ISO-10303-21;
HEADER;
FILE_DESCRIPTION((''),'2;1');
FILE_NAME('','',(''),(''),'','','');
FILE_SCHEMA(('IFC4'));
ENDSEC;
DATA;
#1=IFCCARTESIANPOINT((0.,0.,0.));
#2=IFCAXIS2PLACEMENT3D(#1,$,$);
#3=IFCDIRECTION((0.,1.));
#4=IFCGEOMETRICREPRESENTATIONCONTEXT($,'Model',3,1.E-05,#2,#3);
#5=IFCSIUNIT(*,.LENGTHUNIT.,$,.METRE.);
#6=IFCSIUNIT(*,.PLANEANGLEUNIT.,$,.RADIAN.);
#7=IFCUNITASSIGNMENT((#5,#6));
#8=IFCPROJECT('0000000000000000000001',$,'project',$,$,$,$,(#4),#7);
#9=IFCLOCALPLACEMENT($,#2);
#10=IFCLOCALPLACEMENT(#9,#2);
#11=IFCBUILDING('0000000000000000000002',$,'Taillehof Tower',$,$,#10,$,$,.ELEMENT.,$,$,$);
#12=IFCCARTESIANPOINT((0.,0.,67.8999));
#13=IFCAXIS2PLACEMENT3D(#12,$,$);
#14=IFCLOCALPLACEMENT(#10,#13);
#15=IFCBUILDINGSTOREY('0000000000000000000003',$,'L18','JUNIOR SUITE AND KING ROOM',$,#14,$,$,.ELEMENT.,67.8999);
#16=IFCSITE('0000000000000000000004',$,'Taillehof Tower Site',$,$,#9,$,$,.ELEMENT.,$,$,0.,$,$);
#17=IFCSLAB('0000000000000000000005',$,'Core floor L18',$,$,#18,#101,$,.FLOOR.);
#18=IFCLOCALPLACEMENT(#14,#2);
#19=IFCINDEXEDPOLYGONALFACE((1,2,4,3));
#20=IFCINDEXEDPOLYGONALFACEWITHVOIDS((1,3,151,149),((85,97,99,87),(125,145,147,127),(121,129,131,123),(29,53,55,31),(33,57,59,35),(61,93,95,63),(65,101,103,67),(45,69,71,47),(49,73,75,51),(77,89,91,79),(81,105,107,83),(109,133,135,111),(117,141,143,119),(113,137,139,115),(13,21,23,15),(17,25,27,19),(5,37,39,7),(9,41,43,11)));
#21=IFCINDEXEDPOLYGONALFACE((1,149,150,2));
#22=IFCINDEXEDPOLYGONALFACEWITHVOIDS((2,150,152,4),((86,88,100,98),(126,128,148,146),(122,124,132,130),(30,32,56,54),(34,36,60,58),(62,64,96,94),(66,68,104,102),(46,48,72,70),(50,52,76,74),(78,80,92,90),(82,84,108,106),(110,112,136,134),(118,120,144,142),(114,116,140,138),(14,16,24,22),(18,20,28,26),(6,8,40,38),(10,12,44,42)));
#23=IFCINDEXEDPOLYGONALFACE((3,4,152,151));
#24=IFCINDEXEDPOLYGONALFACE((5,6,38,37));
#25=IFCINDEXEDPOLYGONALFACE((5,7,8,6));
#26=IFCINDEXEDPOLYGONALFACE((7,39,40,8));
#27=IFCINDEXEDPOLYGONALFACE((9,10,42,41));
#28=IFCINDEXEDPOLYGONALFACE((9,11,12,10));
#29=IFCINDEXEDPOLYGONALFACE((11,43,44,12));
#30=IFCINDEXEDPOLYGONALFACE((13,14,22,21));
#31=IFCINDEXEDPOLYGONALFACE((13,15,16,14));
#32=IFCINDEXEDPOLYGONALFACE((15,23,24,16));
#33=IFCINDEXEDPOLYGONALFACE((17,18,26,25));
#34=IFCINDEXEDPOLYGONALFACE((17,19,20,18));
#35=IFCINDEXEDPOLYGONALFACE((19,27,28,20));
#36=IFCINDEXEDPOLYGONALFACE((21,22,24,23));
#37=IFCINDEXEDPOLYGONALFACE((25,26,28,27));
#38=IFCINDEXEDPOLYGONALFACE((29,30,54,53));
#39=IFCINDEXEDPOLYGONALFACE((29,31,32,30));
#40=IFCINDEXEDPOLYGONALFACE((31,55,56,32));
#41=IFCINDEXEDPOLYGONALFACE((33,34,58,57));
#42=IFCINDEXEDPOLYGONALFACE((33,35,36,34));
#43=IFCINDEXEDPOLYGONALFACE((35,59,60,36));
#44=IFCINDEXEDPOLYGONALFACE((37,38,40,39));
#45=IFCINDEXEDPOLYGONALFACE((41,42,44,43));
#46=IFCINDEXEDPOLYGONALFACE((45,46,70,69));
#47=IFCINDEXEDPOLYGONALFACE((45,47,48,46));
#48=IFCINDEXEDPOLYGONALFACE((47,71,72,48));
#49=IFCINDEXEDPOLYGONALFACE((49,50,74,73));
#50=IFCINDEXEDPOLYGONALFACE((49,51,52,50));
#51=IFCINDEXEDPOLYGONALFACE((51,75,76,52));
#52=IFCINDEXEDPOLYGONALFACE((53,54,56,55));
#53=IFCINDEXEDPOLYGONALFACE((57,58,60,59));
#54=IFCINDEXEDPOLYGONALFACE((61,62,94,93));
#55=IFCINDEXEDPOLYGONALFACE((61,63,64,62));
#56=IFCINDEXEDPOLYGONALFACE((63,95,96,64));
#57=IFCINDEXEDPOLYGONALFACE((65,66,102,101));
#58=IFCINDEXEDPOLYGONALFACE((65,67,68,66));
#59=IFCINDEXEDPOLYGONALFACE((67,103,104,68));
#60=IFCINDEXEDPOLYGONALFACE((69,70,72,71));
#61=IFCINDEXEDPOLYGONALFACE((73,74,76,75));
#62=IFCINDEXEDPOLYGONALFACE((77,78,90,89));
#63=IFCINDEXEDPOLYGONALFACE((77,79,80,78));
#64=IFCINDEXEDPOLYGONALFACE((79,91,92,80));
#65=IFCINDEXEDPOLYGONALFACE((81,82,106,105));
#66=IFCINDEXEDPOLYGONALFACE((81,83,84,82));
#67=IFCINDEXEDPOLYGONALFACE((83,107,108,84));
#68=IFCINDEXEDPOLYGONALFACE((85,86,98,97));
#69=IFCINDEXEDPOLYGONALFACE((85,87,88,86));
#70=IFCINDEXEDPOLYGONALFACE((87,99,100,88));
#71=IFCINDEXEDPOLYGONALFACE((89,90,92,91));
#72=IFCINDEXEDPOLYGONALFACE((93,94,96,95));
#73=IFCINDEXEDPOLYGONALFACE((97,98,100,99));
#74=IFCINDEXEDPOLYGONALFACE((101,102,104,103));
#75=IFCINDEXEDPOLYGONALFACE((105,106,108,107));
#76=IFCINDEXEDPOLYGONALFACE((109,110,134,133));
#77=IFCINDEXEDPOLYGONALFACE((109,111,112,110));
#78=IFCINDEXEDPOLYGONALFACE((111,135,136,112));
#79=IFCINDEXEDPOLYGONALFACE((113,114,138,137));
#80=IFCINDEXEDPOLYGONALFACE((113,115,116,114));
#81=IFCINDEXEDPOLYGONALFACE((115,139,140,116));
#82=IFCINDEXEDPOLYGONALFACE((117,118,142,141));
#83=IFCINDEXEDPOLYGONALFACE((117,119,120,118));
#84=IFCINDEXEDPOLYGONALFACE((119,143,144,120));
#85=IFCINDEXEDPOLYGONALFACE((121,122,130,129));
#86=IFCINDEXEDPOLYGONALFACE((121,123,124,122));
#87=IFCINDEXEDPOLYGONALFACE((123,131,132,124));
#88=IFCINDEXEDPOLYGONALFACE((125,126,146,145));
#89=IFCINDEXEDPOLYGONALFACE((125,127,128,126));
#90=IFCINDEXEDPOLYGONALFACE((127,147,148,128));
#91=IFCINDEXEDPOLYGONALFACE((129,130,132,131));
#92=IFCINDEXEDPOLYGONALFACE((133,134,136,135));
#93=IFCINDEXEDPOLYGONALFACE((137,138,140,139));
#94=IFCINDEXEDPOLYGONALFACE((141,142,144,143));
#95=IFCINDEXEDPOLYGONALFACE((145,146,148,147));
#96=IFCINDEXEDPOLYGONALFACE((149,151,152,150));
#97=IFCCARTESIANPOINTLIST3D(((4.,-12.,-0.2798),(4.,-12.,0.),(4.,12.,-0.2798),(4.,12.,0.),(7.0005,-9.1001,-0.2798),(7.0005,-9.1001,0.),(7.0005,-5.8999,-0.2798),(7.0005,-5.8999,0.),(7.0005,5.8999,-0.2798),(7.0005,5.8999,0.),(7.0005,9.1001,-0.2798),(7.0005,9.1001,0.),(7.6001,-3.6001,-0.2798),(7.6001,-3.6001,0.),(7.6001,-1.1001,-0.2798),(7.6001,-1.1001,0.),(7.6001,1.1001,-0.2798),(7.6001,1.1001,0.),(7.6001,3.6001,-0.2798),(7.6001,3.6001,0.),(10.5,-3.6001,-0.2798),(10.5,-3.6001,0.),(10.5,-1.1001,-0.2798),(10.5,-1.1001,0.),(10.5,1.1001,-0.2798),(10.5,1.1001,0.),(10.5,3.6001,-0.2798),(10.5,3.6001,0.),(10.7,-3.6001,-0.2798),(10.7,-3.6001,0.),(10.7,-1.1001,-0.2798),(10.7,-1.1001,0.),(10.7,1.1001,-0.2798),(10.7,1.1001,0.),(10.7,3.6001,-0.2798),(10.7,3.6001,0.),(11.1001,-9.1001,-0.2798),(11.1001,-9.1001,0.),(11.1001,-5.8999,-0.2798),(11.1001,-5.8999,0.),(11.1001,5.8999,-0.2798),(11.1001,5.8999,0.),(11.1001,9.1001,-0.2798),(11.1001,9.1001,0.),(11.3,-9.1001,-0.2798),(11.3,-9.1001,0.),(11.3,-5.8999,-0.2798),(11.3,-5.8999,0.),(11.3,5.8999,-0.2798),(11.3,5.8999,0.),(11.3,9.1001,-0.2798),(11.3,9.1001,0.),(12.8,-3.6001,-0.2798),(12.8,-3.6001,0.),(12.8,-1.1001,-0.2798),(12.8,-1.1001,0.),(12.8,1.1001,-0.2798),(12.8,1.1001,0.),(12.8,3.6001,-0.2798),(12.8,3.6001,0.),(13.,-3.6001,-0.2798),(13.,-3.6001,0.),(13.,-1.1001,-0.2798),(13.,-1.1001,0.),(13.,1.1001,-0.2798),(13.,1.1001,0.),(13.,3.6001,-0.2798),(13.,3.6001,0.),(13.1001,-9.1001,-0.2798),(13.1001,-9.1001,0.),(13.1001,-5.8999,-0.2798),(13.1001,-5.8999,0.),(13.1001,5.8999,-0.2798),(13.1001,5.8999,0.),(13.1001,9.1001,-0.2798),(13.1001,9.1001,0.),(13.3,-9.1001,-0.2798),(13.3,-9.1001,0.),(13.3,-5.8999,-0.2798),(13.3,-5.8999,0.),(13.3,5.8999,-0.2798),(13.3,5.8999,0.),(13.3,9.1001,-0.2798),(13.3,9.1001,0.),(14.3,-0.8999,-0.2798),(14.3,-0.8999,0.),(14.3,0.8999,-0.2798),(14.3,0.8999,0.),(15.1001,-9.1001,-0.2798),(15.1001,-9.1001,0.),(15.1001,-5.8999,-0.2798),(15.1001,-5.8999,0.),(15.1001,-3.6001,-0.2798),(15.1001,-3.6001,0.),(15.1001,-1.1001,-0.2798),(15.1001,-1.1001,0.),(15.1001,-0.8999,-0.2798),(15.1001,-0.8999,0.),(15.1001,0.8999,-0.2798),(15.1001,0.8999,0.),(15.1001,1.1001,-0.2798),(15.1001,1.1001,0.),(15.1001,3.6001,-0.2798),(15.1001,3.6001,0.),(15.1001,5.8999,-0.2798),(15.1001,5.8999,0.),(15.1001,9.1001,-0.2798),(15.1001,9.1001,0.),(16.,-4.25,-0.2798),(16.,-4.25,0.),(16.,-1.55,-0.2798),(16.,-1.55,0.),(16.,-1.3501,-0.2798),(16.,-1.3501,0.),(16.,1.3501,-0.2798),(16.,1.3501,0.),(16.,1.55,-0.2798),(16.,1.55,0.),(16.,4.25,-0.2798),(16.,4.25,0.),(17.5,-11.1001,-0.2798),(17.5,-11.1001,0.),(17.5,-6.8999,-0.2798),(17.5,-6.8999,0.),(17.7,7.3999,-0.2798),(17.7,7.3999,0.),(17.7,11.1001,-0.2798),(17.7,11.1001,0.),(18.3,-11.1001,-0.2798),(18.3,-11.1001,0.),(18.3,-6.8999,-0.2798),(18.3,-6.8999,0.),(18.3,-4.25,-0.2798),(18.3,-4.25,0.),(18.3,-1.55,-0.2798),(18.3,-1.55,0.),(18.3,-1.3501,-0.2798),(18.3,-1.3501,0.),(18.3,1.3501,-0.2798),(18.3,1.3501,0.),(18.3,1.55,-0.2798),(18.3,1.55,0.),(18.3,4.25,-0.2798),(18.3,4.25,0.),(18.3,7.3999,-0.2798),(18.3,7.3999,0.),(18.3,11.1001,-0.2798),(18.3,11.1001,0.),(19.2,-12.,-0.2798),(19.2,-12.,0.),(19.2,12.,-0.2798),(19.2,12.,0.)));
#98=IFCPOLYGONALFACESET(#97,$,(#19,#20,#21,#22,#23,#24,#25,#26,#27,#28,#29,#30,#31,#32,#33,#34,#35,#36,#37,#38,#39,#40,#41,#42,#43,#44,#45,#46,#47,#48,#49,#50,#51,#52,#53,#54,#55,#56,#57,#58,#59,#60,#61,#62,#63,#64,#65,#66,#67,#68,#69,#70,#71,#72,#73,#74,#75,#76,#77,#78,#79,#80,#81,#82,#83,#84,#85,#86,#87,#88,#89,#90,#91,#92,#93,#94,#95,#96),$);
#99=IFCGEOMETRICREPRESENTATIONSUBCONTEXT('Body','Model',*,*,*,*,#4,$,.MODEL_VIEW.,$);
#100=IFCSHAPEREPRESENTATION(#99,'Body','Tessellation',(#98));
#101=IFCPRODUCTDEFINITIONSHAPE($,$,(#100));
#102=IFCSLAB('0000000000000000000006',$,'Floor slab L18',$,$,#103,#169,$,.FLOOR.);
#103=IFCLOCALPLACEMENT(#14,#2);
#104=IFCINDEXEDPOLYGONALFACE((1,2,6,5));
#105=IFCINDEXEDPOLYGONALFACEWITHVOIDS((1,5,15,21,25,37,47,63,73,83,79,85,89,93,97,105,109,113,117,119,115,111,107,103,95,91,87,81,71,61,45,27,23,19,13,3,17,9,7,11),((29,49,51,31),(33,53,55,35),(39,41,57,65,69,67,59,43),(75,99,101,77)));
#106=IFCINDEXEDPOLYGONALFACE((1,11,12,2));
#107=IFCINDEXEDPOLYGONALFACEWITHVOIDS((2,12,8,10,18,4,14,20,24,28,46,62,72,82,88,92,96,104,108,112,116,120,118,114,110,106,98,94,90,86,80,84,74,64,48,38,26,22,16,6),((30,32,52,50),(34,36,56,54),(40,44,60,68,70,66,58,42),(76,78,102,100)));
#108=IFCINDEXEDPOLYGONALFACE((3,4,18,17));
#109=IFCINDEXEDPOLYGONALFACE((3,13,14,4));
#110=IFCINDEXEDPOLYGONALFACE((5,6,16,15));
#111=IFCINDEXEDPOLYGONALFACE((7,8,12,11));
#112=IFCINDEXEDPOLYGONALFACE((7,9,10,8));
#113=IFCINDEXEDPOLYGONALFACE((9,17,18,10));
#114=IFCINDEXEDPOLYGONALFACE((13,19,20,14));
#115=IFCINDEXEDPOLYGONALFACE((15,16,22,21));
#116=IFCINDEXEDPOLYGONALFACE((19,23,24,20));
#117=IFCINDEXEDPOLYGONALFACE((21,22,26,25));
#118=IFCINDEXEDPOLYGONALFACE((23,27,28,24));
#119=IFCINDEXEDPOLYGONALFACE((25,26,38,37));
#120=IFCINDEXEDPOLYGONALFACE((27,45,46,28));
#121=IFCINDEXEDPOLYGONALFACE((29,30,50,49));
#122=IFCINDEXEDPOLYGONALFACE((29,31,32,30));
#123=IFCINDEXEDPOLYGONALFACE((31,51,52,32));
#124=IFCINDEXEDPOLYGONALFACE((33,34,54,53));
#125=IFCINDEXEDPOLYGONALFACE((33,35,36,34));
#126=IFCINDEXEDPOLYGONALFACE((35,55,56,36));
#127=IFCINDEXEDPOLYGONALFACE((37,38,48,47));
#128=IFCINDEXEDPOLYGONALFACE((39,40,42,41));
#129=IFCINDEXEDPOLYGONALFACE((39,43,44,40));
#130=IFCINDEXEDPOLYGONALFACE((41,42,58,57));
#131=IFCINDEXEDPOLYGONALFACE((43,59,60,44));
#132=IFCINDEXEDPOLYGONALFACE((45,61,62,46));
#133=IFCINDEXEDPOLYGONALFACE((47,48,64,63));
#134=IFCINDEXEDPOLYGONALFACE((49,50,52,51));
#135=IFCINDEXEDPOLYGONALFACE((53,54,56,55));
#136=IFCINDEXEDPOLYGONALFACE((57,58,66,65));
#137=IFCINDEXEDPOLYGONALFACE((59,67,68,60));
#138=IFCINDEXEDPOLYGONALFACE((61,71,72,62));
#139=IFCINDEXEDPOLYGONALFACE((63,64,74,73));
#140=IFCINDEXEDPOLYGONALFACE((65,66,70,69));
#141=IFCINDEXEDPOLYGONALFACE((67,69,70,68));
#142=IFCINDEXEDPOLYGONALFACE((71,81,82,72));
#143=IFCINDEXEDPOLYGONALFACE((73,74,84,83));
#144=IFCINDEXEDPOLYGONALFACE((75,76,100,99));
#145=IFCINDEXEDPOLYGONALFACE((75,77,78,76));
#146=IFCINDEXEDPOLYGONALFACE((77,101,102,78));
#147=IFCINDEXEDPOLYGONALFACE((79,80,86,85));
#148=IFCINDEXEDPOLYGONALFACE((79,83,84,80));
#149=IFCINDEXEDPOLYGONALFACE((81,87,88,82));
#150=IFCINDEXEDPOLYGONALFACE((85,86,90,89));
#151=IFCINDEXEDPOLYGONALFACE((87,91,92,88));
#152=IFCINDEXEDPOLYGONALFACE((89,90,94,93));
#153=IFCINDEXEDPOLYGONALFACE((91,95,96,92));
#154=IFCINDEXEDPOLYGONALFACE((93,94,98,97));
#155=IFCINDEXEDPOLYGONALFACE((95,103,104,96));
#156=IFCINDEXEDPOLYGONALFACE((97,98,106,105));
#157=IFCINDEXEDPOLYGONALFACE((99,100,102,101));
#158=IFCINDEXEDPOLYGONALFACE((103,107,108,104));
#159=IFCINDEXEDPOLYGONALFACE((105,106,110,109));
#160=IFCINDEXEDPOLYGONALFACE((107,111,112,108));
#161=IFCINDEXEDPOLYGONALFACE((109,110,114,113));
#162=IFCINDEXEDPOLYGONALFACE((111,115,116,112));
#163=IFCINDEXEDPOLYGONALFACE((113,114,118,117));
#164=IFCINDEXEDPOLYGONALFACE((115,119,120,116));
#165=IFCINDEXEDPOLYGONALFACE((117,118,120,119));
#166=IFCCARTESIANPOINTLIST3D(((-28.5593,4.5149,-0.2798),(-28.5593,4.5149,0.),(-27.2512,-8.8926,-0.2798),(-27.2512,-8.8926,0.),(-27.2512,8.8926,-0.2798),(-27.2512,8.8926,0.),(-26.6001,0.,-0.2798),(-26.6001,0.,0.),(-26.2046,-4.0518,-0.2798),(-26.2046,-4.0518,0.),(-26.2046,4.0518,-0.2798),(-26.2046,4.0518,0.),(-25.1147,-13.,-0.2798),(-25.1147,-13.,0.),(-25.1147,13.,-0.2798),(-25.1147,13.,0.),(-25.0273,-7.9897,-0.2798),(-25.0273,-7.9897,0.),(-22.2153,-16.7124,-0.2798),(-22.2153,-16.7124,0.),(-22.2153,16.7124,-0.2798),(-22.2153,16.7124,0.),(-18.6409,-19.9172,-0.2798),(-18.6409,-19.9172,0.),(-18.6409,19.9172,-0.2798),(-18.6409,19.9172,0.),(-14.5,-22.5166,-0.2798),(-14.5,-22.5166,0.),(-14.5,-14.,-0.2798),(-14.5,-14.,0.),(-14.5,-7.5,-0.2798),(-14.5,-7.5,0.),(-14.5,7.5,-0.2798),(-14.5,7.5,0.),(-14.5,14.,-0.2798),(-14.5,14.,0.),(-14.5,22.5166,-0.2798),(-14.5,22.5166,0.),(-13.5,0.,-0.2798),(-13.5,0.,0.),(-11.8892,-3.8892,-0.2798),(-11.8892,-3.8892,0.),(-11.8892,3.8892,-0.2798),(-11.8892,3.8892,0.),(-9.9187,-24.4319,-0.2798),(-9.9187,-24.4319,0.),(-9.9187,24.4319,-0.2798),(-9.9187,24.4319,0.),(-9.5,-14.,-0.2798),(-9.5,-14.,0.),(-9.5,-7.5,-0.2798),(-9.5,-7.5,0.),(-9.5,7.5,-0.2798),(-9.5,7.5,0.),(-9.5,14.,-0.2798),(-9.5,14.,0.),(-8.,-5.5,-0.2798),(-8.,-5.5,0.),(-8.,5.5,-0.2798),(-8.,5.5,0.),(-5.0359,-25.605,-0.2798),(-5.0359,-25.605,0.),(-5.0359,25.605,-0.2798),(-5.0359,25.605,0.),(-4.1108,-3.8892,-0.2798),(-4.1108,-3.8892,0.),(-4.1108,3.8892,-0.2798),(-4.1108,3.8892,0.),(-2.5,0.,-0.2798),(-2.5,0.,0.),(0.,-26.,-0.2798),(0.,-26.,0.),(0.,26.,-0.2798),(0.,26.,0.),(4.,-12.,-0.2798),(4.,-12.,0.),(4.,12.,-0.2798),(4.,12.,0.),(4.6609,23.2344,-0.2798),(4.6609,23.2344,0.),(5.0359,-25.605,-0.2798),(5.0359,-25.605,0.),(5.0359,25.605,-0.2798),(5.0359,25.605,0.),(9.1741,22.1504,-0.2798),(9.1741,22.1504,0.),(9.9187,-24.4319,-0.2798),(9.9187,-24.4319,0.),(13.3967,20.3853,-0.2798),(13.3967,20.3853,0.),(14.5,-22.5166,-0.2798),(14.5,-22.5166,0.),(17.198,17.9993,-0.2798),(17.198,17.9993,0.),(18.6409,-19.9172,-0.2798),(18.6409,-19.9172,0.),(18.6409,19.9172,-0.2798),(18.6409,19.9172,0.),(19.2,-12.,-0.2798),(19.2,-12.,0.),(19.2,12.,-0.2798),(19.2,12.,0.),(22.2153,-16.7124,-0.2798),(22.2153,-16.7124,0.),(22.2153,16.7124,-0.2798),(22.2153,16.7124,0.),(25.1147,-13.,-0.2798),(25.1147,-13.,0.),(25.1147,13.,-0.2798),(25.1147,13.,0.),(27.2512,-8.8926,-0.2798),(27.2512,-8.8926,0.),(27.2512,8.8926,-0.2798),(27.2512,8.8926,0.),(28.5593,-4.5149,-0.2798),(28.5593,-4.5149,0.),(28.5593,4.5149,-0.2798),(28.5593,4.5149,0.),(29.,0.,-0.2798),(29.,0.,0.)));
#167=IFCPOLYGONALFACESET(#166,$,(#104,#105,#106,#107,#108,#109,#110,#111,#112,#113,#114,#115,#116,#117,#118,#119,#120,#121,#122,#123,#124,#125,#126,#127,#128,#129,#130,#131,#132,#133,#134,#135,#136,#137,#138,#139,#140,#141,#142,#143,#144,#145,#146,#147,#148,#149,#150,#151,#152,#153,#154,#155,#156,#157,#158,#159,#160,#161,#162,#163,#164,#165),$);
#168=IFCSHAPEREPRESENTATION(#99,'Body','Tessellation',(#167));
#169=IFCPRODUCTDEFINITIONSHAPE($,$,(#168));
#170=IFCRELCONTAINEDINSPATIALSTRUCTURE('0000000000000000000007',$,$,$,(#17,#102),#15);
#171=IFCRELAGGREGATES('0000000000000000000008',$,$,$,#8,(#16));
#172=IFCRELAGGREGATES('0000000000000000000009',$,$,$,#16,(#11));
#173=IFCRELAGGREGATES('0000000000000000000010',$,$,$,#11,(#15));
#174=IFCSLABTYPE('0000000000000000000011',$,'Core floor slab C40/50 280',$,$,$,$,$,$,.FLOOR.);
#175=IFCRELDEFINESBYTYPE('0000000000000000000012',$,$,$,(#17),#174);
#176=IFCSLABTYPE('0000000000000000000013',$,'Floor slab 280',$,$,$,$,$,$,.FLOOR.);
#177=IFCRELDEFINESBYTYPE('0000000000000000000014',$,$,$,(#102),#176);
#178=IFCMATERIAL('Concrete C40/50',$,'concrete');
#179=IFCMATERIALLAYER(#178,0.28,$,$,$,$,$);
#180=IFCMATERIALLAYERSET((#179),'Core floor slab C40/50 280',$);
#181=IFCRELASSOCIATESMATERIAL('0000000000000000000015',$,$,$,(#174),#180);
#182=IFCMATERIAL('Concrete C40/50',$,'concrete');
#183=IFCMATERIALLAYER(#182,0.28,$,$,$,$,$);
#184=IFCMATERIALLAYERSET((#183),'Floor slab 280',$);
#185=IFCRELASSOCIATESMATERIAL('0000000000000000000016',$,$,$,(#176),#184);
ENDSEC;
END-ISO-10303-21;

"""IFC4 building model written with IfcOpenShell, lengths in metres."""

from ifc_helpers import new_model, si_unit, direction, frame, origin, place, context, subcontext, project, spatial, polyline, outline, extrude, material, layer, layer_set, type_object, element, save


model = new_model("IFC4")

# Units and contexts
model_context = context("Model", 3, precision=1e-05, world=origin(), true_north=direction((0.0, 1.0)))
body_context = subcontext(model_context, "Body", "Model", "MODEL_VIEW")
ifc_project = project(units=[si_unit("LENGTHUNIT", "METRE"), si_unit("PLANEANGLEUNIT", "RADIAN")], contexts=[model_context])

# Site, building, storey
site_placement = place(None, origin())
site = spatial("IfcSite", under=ifc_project, at=site_placement, Name="Taillehof Tower Site", CompositionType="ELEMENT", RefElevation=0.0)
building_placement = place(site_placement, origin())
building = spatial("IfcBuilding", under=site, at=building_placement, Name="Taillehof Tower", CompositionType="ELEMENT")
storey_placement = place(building_placement, frame((0.0, 0.0, 67.8999)))
storey = spatial("IfcBuildingStorey", under=building, at=storey_placement, Name="L18", Description="JUNIOR SUITE AND KING ROOM", CompositionType="ELEMENT", Elevation=67.8999)

# Slabs
ifc_material_1 = material(Name="Concrete C40/50", Category="concrete")
ifc_layer_1 = layer(ifc_material_1, 0.28)
ifc_layer_set_1 = layer_set([ifc_layer_1], Name="Core floor slab C40/50 280")
slab_type_1 = type_object("IfcSlabType", Name="Core floor slab C40/50 280", PredefinedType="FLOOR", material=ifc_layer_set_1)
slab_1_placement = place(storey_placement, frame((0.0, 0.0, -0.2798)))
element("IfcSlab", 1, at=slab_1_placement, inside=storey, type_object=slab_type_1, Name="Core floor L18", PredefinedType="FLOOR", context=body_context, shape_type="SweptSolid", body=[
    extrude(outline(polyline([(4.0, -12.0), (4.0, 12.0), (19.2, 12.0), (19.2, -12.0), (4.0, -12.0)]), holes=[polyline([(7.0005, -9.1001), (11.1001, -9.1001), (11.1001, -5.8999), (7.0005, -5.8999), (7.0005, -9.1001)]), polyline([(13.1001, -9.1001), (13.1001, -5.8999), (11.3, -5.8999), (11.3, -9.1001), (13.1001, -9.1001)]), polyline([(10.5, -3.6001), (10.5, -1.1001), (7.6001, -1.1001), (7.6001, -3.6001), (10.5, -3.6001)]), polyline([(12.8, -3.6001), (12.8, -1.1001), (10.7, -1.1001), (10.7, -3.6001), (12.8, -3.6001)]), polyline([(10.5, 1.1001), (10.5, 3.6001), (7.6001, 3.6001), (7.6001, 1.1001), (10.5, 1.1001)]), polyline([(12.8, 1.1001), (12.8, 3.6001), (10.7, 3.6001), (10.7, 1.1001), (12.8, 1.1001)]), polyline([(15.1001, 1.1001), (15.1001, 3.6001), (13.0, 3.6001), (13.0, 1.1001), (15.1001, 1.1001)]), polyline([(11.3, 5.8999), (13.1001, 5.8999), (13.1001, 9.1001), (11.3, 9.1001), (11.3, 5.8999)]), polyline([(7.0005, 5.8999), (11.1001, 5.8999), (11.1001, 9.1001), (7.0005, 9.1001), (7.0005, 5.8999)]), polyline([(18.3, -11.1001), (18.3, -6.8999), (17.5, -6.8999), (17.5, -11.1001), (18.3, -11.1001)]), polyline([(15.1001, -9.1001), (15.1001, -5.8999), (13.3, -5.8999), (13.3, -9.1001), (15.1001, -9.1001)]), polyline([(18.3, -4.25), (18.3, -1.55), (16.0, -1.55), (16.0, -4.25), (18.3, -4.25)]), polyline([(15.1001, -3.6001), (15.1001, -1.1001), (13.0, -1.1001), (13.0, -3.6001), (15.1001, -3.6001)]), polyline([(15.1001, -0.8999), (15.1001, 0.8999), (14.3, 0.8999), (14.3, -0.8999), (15.1001, -0.8999)]), polyline([(18.3, -1.3501), (18.3, 1.3501), (16.0, 1.3501), (16.0, -1.3501), (18.3, -1.3501)]), polyline([(18.3, 1.55), (18.3, 4.25), (16.0, 4.25), (16.0, 1.55), (18.3, 1.55)]), polyline([(13.3, 5.8999), (15.1001, 5.8999), (15.1001, 9.1001), (13.3, 9.1001), (13.3, 5.8999)]), polyline([(18.3, 7.3999), (18.3, 11.1001), (17.7, 11.1001), (17.7, 7.3999), (18.3, 7.3999)])]), origin(), (0.0, 0.0, 1.0), 0.2798),
])
ifc_material_2 = material(Name="Concrete C40/50", Category="concrete")
ifc_layer_2 = layer(ifc_material_2, 0.28)
ifc_layer_set_2 = layer_set([ifc_layer_2], Name="Floor slab 280")
slab_type_2 = type_object("IfcSlabType", Name="Floor slab 280", PredefinedType="FLOOR", material=ifc_layer_set_2)
slab_2_placement = place(storey_placement, frame((0.0, 0.0, -0.2798)))
element("IfcSlab", 2, at=slab_2_placement, inside=storey, type_object=slab_type_2, Name="Floor slab L18", PredefinedType="FLOOR", context=body_context, shape_type="SweptSolid", body=[
    extrude(outline(polyline([(29.0, 0.0), (28.5593, 4.5149), (27.2512, 8.8926), (25.1147, 13.0), (22.2153, 16.7124), (18.6409, 19.9172), (17.198, 17.9993), (13.3967, 20.3853), (9.1741, 22.1504), (4.6609, 23.2344), (5.0359, 25.605), (0.0, 26.0), (-5.0359, 25.605), (-9.9187, 24.4319), (-14.5, 22.5166), (-18.6409, 19.9172), (-22.2153, 16.7124), (-25.1147, 13.0), (-27.2512, 8.8926), (-28.5593, 4.5149), (-26.2046, 4.0518), (-26.6001, 0.0), (-26.2046, -4.0518), (-25.0273, -7.9897), (-27.2512, -8.8926), (-25.1147, -13.0), (-22.2153, -16.7124), (-18.6409, -19.9172), (-14.5, -22.5166), (-9.9187, -24.4319), (-5.0359, -25.605), (0.0, -26.0), (5.0359, -25.605), (9.9187, -24.4319), (14.5, -22.5166), (18.6409, -19.9172), (22.2153, -16.7124), (25.1147, -13.0), (27.2512, -8.8926), (28.5593, -4.5149), (29.0, 0.0)]), holes=[polyline([(-14.5, -7.5), (-9.5, -7.5), (-9.5, -14.0), (-14.5, -14.0), (-14.5, -7.5)]), polyline([(-8.0, -5.5), (-11.8892, -3.8892), (-13.5, 0.0), (-11.8892, 3.8892), (-8.0, 5.5), (-4.1108, 3.8892), (-2.5, 0.0), (-4.1108, -3.8892), (-8.0, -5.5)]), polyline([(19.2, 12.0), (19.2, -12.0), (4.0, -12.0), (4.0, 12.0), (19.2, 12.0)]), polyline([(-14.5, 14.0), (-9.5, 14.0), (-9.5, 7.5), (-14.5, 7.5), (-14.5, 14.0)])]), origin(), (0.0, 0.0, 1.0), 0.2798),
])

save(model, "model.ifc")
